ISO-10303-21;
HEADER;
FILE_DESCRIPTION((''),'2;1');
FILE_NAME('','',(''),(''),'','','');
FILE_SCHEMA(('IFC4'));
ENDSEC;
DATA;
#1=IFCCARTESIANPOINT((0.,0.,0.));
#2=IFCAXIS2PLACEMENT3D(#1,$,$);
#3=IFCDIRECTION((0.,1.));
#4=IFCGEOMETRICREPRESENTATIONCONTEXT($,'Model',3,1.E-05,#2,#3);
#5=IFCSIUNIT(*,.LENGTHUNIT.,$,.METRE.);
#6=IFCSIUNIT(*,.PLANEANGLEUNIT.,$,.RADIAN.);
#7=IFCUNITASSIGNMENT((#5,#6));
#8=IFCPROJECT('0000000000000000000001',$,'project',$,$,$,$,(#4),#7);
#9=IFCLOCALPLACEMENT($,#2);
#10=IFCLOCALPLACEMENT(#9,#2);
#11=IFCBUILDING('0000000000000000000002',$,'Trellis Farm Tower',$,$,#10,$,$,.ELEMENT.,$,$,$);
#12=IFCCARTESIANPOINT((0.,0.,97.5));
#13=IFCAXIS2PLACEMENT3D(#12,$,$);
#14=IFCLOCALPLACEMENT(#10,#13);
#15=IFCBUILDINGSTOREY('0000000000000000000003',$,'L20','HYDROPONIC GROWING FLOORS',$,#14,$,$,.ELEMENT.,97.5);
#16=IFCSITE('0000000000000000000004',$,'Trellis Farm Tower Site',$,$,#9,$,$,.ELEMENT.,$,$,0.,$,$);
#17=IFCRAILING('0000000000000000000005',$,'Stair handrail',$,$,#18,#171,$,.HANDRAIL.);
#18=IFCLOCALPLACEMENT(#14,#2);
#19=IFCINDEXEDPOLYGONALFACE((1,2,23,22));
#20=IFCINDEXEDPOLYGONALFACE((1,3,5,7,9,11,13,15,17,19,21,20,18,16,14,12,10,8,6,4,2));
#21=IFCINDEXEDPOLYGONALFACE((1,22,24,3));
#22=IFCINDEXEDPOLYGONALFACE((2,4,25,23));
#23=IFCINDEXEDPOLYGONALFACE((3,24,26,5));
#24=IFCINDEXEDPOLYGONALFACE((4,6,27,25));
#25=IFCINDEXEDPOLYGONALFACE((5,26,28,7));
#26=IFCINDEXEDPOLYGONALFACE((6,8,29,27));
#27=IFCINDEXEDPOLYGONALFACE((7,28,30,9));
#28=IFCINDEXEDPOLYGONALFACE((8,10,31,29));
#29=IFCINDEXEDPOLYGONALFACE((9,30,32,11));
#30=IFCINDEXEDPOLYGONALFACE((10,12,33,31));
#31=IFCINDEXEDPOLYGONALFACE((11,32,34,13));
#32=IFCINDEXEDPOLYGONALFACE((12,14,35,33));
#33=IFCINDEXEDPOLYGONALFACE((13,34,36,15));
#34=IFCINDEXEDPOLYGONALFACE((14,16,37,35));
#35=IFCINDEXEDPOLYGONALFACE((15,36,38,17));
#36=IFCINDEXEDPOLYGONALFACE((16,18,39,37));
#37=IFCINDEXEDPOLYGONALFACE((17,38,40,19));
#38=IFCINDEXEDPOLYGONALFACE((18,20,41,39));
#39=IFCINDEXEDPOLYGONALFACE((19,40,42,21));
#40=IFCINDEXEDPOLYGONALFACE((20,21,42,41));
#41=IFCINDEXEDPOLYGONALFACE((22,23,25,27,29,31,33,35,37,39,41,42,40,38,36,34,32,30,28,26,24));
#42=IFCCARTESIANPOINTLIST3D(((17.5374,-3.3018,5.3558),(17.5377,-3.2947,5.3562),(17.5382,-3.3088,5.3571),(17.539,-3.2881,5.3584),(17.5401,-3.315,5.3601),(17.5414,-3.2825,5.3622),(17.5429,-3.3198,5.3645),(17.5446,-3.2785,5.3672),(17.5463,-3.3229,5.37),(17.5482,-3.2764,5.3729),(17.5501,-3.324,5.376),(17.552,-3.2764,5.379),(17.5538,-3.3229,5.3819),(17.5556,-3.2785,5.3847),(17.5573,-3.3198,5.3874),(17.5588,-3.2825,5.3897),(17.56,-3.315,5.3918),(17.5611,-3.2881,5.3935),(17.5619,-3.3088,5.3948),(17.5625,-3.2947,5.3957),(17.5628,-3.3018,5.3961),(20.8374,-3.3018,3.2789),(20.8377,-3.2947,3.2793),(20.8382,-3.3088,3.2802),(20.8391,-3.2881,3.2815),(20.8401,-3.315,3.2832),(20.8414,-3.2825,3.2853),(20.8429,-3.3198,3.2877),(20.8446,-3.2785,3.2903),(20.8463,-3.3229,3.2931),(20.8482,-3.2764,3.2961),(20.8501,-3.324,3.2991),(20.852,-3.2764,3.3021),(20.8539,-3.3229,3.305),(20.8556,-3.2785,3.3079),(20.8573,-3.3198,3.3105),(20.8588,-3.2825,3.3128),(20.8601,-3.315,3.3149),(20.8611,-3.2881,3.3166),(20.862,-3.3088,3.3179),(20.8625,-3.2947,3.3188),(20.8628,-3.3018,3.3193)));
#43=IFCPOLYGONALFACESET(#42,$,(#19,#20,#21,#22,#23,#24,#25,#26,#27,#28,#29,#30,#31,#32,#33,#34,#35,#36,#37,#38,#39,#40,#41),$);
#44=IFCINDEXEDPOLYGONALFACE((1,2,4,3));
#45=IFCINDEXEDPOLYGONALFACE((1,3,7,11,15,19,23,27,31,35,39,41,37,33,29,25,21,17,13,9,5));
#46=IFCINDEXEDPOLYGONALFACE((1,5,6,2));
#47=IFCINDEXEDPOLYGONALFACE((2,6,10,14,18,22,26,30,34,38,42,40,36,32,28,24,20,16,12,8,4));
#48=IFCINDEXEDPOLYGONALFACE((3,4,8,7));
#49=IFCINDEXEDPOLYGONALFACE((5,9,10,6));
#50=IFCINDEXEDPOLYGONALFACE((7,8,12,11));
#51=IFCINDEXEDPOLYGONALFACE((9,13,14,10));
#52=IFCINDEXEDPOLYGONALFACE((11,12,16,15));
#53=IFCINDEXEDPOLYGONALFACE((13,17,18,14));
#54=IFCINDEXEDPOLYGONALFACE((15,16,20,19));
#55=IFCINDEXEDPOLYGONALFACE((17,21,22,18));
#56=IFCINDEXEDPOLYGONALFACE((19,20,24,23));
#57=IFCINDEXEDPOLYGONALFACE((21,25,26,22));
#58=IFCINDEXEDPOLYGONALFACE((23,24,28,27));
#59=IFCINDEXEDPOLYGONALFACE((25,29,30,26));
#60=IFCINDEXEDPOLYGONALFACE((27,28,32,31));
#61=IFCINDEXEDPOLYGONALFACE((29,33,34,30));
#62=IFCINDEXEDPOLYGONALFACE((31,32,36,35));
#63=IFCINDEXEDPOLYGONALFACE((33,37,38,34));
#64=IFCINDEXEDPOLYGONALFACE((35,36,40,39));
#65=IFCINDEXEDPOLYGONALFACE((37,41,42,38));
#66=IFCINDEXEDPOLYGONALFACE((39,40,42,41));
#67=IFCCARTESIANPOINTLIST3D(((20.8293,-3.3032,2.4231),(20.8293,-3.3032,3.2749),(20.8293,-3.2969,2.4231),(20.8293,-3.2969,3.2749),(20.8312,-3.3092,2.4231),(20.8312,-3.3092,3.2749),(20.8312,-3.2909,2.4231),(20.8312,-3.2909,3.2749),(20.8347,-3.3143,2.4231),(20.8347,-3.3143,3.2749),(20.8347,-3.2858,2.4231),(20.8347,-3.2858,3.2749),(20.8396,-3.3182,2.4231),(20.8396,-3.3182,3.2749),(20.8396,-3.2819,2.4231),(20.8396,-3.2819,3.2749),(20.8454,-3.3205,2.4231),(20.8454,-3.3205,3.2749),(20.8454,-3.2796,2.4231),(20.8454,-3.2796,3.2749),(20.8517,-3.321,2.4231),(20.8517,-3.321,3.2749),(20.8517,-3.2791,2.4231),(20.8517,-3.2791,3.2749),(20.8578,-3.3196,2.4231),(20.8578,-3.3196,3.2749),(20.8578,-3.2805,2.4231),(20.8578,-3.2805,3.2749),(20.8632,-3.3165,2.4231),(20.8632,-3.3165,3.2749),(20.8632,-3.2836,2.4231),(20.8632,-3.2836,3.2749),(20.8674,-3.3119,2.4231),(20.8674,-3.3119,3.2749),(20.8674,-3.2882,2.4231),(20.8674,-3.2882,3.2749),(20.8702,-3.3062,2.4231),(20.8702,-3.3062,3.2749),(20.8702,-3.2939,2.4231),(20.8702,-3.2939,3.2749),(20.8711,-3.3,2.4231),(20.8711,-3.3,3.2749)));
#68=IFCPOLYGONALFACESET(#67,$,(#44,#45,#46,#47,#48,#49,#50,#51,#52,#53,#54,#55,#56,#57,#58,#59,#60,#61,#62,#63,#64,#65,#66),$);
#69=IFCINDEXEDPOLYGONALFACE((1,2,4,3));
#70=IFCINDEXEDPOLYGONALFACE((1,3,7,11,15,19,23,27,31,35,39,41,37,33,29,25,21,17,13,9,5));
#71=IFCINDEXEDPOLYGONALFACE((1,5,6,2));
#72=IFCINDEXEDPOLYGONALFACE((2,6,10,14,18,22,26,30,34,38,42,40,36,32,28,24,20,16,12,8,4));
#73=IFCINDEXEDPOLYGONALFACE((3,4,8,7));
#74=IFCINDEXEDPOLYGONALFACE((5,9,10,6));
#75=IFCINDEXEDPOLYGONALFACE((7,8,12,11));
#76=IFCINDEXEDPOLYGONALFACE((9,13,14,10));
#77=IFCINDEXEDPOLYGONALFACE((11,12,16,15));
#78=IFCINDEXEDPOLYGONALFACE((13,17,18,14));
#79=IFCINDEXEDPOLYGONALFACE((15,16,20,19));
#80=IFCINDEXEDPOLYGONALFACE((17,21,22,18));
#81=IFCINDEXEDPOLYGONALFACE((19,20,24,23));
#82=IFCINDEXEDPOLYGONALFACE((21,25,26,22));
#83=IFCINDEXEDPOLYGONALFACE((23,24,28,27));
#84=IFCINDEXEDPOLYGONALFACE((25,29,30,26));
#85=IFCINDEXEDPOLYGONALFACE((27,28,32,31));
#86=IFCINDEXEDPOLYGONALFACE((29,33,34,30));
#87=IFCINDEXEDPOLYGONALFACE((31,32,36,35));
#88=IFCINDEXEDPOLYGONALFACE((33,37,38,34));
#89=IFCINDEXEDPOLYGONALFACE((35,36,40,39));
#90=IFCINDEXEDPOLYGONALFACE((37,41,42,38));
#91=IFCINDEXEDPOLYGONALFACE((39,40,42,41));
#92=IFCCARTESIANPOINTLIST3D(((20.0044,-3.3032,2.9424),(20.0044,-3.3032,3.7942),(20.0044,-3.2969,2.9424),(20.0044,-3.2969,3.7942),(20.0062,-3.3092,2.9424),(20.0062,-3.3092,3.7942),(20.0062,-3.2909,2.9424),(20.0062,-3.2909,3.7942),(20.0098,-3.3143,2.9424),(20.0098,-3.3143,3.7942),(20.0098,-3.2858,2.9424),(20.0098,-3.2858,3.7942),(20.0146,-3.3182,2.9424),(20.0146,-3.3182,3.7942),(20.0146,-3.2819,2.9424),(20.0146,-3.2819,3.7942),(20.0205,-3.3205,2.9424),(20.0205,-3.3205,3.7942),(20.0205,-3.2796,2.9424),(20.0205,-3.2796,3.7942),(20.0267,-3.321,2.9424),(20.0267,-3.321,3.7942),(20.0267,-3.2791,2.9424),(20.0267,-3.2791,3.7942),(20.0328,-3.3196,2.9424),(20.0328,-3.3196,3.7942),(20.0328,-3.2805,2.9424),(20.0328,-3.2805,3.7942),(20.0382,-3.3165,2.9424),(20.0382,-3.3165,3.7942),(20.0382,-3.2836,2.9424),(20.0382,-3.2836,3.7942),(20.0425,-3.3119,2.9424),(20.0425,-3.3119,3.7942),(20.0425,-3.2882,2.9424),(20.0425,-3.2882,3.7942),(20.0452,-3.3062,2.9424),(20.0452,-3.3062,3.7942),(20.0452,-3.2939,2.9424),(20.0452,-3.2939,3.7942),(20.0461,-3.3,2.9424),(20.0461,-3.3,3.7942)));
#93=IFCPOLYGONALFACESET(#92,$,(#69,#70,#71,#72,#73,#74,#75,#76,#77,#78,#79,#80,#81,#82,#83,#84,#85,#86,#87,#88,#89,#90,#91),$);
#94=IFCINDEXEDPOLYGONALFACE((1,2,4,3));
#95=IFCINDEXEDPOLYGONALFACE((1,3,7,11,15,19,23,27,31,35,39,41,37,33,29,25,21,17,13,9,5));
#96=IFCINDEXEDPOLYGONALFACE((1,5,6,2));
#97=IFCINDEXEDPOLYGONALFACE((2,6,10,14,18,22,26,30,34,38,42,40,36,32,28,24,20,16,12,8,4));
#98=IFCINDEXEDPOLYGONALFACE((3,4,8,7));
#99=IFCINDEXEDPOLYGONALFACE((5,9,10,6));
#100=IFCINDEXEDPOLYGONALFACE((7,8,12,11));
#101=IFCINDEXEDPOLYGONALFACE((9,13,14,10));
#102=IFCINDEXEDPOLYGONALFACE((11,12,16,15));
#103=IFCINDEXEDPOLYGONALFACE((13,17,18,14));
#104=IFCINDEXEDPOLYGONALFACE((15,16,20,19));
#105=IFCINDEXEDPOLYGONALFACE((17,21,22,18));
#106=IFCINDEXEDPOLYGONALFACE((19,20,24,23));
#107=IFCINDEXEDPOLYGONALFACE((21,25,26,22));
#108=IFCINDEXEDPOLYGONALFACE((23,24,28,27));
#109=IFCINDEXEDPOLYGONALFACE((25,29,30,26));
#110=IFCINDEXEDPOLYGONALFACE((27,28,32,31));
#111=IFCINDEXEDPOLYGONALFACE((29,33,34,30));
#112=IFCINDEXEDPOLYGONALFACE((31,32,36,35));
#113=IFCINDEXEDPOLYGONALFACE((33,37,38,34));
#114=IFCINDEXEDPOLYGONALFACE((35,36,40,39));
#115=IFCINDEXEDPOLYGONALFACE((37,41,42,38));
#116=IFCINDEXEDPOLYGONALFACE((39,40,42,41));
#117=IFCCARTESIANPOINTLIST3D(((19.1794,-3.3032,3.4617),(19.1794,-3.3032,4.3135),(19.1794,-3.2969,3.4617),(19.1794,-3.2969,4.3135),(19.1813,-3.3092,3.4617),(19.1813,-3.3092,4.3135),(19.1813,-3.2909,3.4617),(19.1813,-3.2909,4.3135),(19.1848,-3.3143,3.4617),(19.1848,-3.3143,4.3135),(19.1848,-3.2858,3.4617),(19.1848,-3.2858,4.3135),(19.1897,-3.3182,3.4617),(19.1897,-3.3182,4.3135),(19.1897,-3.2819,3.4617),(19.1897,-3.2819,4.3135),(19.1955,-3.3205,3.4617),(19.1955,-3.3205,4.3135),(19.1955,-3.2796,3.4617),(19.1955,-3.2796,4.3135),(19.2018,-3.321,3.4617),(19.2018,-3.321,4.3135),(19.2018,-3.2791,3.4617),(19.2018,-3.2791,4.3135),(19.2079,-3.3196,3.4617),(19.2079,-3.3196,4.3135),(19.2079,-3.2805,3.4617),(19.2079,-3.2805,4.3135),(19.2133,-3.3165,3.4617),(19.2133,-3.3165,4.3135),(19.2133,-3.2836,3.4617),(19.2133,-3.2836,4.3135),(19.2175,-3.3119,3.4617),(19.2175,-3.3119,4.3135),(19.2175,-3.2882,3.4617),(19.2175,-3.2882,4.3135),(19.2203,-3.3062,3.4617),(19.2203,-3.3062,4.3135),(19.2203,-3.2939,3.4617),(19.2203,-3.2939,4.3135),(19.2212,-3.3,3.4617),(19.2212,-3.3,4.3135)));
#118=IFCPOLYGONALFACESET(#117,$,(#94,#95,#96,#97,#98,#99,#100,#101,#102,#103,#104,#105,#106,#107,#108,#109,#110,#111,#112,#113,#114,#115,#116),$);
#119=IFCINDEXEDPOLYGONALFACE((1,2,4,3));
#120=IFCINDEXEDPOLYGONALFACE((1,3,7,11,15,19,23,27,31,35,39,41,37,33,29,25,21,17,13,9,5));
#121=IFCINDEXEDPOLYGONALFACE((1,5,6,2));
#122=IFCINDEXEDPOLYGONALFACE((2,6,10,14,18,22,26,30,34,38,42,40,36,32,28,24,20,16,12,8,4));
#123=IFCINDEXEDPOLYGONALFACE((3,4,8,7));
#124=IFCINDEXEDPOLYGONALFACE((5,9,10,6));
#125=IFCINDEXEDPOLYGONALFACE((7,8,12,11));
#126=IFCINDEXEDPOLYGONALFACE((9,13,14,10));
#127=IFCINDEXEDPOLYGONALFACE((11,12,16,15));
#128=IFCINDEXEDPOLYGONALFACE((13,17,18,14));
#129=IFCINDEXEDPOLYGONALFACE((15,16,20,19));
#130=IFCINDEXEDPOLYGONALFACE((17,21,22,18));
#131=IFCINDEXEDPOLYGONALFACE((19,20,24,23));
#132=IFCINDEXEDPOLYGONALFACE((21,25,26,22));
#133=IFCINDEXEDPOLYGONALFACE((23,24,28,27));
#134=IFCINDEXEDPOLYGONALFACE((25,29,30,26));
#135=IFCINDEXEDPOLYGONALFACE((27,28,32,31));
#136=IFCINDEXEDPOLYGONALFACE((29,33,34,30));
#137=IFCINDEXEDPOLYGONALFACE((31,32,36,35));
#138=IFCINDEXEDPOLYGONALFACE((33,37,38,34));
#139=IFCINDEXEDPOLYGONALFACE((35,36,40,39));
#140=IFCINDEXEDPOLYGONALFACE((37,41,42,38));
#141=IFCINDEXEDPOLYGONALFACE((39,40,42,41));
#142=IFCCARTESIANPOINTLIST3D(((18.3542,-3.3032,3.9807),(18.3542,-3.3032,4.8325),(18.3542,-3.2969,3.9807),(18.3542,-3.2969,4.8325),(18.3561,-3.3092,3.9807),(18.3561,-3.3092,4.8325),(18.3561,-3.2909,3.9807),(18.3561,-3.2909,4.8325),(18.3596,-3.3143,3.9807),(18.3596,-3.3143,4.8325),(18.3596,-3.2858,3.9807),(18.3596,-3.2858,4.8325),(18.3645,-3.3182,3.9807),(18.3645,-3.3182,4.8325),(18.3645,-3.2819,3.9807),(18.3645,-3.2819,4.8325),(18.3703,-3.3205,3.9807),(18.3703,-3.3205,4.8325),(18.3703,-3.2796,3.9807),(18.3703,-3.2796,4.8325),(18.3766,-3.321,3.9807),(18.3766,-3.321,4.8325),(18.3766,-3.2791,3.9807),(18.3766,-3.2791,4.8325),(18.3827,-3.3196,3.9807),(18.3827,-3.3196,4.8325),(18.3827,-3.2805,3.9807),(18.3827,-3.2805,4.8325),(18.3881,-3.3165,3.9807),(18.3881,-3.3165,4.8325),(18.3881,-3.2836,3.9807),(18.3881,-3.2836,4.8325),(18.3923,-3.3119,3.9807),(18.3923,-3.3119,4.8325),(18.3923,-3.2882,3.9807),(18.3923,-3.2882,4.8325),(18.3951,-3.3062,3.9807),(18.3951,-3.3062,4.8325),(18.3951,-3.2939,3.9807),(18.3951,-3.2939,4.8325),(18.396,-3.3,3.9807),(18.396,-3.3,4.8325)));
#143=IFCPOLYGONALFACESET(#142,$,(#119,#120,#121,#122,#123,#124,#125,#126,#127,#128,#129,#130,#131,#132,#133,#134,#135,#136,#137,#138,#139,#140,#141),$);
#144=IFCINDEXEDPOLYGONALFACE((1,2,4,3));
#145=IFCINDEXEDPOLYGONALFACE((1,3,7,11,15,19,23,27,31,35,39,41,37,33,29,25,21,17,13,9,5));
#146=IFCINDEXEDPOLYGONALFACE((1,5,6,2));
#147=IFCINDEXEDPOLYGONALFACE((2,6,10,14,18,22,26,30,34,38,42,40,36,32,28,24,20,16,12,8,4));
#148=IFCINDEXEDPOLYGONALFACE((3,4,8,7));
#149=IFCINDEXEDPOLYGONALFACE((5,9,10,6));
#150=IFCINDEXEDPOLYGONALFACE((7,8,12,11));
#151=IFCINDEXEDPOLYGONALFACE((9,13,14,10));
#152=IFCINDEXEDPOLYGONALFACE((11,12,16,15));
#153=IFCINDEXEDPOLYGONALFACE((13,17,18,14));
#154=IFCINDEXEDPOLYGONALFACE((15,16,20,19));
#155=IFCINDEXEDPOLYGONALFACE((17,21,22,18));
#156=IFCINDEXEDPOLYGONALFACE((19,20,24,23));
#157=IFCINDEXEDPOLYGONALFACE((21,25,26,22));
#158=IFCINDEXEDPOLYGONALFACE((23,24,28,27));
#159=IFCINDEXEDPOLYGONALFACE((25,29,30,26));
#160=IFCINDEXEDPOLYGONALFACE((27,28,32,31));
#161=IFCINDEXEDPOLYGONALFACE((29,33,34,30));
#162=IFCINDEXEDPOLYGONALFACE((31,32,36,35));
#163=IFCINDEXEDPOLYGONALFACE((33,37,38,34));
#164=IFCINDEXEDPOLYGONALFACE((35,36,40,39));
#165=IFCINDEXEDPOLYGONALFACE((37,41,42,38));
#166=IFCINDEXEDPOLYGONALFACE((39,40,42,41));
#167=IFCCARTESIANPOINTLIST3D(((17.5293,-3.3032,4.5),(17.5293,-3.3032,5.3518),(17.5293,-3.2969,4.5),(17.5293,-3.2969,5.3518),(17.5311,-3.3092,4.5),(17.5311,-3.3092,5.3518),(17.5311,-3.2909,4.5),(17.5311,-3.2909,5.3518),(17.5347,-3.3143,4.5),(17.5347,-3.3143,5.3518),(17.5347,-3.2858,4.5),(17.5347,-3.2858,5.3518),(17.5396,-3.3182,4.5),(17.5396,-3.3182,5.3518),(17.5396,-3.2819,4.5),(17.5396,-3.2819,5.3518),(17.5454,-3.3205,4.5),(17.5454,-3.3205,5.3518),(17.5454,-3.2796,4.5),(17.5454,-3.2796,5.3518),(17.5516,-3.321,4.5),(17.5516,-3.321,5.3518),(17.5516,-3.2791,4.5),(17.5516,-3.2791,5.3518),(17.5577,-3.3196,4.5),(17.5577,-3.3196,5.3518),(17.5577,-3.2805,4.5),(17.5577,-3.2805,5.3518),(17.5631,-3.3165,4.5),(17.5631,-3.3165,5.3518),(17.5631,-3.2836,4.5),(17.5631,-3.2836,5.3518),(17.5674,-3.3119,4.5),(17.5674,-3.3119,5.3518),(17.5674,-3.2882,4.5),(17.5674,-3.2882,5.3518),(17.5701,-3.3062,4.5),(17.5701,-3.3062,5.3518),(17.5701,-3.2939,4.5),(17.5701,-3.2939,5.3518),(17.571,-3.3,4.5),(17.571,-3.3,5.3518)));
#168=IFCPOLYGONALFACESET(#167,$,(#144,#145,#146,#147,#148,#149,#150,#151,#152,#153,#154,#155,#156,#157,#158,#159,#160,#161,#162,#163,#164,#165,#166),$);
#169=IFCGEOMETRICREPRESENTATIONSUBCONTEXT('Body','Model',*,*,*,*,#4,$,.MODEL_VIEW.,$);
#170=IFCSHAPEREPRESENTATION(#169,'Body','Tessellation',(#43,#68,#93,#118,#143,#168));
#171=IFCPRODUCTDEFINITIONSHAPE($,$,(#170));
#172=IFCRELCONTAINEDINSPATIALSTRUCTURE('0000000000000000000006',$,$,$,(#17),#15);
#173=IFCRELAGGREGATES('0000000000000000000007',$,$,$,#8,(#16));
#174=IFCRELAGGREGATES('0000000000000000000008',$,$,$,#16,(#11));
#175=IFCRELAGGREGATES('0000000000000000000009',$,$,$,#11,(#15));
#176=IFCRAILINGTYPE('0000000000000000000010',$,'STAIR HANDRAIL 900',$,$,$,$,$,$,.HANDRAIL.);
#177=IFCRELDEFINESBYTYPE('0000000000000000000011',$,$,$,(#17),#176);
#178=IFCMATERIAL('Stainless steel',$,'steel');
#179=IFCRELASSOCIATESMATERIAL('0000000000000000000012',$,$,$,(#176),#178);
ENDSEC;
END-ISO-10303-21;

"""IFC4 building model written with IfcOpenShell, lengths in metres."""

from ifc_helpers import new_model, si_unit, direction, frame, origin, origin_2d, place, context, subcontext, project, spatial, circle, extrude, source, transform, mapped, material, type_object, element, save


model = new_model("IFC4")

# Units and contexts
model_context = context("Model", 3, precision=1e-05, world=origin(), true_north=direction((0.0, 1.0)))
body_context = subcontext(model_context, "Body", "Model", "MODEL_VIEW")
ifc_project = project(units=[si_unit("LENGTHUNIT", "METRE"), si_unit("PLANEANGLEUNIT", "RADIAN")], contexts=[model_context])

# Site, building, storey
site_placement = place(None, origin())
site = spatial("IfcSite", under=ifc_project, at=site_placement, Name="Trellis Farm Tower Site", CompositionType="ELEMENT", RefElevation=0.0)
building_placement = place(site_placement, origin())
building = spatial("IfcBuilding", under=site, at=building_placement, Name="Trellis Farm Tower", CompositionType="ELEMENT")
storey_placement = place(building_placement, frame((0.0, 0.0, 97.5)))
storey = spatial("IfcBuildingStorey", under=building, at=storey_placement, Name="L20", Description="HYDROPONIC GROWING FLOORS", CompositionType="ELEMENT", Elevation=97.5)

# Shared definitions
ifc_material_1 = material(Name="Stainless steel", Category="steel")

# Railing
railing_type = type_object("IfcRailingType", Name="STAIR HANDRAIL 900", PredefinedType="HANDRAIL", material=ifc_material_1)
shared_shape_1 = source(origin(), body_context, "Body", "SweptSolid", [
    extrude(circle(Radius=0.0239, at=origin_2d()), frame((0.0, 0.0, 0.876), z_axis=(-0.846337, 0.0, 0.532647), x_axis=(0.0, -1.0, 0.0)), (0.0, 0.0, 1.0), 3.8992),
    extrude(circle(Radius=0.021, at=origin_2d()), origin(), (0.0, 0.0, 1.0), 0.8518),
    extrude(circle(Radius=0.021, at=origin_2d()), frame((-0.825, 0.0, 0.5193)), (0.0, 0.0, 1.0), 0.8518),
    extrude(circle(Radius=0.021, at=origin_2d()), frame((-1.6499, 0.0, 1.0386)), (0.0, 0.0, 1.0), 0.8518),
    extrude(circle(Radius=0.021, at=origin_2d()), frame((-2.4751, 0.0, 1.5576)), (0.0, 0.0, 1.0), 0.8518),
    extrude(circle(Radius=0.021, at=origin_2d()), frame((-3.3, 0.0, 2.0769)), (0.0, 0.0, 1.0), 0.8518),
])
for number, where, name in (
    (1, (20.8501, -3.3, 2.4231), "Stair handrail"),
):
    element("IfcRailing", number, at=place(storey_placement, frame(where)), inside=storey, type_object=railing_type, Name=name, PredefinedType="HANDRAIL", context=body_context, shape_type="MappedRepresentation", body=[
        mapped(shared_shape_1, transform((0.0, 0.0, 0.0))),
    ])

save(model, "model.ifc")
